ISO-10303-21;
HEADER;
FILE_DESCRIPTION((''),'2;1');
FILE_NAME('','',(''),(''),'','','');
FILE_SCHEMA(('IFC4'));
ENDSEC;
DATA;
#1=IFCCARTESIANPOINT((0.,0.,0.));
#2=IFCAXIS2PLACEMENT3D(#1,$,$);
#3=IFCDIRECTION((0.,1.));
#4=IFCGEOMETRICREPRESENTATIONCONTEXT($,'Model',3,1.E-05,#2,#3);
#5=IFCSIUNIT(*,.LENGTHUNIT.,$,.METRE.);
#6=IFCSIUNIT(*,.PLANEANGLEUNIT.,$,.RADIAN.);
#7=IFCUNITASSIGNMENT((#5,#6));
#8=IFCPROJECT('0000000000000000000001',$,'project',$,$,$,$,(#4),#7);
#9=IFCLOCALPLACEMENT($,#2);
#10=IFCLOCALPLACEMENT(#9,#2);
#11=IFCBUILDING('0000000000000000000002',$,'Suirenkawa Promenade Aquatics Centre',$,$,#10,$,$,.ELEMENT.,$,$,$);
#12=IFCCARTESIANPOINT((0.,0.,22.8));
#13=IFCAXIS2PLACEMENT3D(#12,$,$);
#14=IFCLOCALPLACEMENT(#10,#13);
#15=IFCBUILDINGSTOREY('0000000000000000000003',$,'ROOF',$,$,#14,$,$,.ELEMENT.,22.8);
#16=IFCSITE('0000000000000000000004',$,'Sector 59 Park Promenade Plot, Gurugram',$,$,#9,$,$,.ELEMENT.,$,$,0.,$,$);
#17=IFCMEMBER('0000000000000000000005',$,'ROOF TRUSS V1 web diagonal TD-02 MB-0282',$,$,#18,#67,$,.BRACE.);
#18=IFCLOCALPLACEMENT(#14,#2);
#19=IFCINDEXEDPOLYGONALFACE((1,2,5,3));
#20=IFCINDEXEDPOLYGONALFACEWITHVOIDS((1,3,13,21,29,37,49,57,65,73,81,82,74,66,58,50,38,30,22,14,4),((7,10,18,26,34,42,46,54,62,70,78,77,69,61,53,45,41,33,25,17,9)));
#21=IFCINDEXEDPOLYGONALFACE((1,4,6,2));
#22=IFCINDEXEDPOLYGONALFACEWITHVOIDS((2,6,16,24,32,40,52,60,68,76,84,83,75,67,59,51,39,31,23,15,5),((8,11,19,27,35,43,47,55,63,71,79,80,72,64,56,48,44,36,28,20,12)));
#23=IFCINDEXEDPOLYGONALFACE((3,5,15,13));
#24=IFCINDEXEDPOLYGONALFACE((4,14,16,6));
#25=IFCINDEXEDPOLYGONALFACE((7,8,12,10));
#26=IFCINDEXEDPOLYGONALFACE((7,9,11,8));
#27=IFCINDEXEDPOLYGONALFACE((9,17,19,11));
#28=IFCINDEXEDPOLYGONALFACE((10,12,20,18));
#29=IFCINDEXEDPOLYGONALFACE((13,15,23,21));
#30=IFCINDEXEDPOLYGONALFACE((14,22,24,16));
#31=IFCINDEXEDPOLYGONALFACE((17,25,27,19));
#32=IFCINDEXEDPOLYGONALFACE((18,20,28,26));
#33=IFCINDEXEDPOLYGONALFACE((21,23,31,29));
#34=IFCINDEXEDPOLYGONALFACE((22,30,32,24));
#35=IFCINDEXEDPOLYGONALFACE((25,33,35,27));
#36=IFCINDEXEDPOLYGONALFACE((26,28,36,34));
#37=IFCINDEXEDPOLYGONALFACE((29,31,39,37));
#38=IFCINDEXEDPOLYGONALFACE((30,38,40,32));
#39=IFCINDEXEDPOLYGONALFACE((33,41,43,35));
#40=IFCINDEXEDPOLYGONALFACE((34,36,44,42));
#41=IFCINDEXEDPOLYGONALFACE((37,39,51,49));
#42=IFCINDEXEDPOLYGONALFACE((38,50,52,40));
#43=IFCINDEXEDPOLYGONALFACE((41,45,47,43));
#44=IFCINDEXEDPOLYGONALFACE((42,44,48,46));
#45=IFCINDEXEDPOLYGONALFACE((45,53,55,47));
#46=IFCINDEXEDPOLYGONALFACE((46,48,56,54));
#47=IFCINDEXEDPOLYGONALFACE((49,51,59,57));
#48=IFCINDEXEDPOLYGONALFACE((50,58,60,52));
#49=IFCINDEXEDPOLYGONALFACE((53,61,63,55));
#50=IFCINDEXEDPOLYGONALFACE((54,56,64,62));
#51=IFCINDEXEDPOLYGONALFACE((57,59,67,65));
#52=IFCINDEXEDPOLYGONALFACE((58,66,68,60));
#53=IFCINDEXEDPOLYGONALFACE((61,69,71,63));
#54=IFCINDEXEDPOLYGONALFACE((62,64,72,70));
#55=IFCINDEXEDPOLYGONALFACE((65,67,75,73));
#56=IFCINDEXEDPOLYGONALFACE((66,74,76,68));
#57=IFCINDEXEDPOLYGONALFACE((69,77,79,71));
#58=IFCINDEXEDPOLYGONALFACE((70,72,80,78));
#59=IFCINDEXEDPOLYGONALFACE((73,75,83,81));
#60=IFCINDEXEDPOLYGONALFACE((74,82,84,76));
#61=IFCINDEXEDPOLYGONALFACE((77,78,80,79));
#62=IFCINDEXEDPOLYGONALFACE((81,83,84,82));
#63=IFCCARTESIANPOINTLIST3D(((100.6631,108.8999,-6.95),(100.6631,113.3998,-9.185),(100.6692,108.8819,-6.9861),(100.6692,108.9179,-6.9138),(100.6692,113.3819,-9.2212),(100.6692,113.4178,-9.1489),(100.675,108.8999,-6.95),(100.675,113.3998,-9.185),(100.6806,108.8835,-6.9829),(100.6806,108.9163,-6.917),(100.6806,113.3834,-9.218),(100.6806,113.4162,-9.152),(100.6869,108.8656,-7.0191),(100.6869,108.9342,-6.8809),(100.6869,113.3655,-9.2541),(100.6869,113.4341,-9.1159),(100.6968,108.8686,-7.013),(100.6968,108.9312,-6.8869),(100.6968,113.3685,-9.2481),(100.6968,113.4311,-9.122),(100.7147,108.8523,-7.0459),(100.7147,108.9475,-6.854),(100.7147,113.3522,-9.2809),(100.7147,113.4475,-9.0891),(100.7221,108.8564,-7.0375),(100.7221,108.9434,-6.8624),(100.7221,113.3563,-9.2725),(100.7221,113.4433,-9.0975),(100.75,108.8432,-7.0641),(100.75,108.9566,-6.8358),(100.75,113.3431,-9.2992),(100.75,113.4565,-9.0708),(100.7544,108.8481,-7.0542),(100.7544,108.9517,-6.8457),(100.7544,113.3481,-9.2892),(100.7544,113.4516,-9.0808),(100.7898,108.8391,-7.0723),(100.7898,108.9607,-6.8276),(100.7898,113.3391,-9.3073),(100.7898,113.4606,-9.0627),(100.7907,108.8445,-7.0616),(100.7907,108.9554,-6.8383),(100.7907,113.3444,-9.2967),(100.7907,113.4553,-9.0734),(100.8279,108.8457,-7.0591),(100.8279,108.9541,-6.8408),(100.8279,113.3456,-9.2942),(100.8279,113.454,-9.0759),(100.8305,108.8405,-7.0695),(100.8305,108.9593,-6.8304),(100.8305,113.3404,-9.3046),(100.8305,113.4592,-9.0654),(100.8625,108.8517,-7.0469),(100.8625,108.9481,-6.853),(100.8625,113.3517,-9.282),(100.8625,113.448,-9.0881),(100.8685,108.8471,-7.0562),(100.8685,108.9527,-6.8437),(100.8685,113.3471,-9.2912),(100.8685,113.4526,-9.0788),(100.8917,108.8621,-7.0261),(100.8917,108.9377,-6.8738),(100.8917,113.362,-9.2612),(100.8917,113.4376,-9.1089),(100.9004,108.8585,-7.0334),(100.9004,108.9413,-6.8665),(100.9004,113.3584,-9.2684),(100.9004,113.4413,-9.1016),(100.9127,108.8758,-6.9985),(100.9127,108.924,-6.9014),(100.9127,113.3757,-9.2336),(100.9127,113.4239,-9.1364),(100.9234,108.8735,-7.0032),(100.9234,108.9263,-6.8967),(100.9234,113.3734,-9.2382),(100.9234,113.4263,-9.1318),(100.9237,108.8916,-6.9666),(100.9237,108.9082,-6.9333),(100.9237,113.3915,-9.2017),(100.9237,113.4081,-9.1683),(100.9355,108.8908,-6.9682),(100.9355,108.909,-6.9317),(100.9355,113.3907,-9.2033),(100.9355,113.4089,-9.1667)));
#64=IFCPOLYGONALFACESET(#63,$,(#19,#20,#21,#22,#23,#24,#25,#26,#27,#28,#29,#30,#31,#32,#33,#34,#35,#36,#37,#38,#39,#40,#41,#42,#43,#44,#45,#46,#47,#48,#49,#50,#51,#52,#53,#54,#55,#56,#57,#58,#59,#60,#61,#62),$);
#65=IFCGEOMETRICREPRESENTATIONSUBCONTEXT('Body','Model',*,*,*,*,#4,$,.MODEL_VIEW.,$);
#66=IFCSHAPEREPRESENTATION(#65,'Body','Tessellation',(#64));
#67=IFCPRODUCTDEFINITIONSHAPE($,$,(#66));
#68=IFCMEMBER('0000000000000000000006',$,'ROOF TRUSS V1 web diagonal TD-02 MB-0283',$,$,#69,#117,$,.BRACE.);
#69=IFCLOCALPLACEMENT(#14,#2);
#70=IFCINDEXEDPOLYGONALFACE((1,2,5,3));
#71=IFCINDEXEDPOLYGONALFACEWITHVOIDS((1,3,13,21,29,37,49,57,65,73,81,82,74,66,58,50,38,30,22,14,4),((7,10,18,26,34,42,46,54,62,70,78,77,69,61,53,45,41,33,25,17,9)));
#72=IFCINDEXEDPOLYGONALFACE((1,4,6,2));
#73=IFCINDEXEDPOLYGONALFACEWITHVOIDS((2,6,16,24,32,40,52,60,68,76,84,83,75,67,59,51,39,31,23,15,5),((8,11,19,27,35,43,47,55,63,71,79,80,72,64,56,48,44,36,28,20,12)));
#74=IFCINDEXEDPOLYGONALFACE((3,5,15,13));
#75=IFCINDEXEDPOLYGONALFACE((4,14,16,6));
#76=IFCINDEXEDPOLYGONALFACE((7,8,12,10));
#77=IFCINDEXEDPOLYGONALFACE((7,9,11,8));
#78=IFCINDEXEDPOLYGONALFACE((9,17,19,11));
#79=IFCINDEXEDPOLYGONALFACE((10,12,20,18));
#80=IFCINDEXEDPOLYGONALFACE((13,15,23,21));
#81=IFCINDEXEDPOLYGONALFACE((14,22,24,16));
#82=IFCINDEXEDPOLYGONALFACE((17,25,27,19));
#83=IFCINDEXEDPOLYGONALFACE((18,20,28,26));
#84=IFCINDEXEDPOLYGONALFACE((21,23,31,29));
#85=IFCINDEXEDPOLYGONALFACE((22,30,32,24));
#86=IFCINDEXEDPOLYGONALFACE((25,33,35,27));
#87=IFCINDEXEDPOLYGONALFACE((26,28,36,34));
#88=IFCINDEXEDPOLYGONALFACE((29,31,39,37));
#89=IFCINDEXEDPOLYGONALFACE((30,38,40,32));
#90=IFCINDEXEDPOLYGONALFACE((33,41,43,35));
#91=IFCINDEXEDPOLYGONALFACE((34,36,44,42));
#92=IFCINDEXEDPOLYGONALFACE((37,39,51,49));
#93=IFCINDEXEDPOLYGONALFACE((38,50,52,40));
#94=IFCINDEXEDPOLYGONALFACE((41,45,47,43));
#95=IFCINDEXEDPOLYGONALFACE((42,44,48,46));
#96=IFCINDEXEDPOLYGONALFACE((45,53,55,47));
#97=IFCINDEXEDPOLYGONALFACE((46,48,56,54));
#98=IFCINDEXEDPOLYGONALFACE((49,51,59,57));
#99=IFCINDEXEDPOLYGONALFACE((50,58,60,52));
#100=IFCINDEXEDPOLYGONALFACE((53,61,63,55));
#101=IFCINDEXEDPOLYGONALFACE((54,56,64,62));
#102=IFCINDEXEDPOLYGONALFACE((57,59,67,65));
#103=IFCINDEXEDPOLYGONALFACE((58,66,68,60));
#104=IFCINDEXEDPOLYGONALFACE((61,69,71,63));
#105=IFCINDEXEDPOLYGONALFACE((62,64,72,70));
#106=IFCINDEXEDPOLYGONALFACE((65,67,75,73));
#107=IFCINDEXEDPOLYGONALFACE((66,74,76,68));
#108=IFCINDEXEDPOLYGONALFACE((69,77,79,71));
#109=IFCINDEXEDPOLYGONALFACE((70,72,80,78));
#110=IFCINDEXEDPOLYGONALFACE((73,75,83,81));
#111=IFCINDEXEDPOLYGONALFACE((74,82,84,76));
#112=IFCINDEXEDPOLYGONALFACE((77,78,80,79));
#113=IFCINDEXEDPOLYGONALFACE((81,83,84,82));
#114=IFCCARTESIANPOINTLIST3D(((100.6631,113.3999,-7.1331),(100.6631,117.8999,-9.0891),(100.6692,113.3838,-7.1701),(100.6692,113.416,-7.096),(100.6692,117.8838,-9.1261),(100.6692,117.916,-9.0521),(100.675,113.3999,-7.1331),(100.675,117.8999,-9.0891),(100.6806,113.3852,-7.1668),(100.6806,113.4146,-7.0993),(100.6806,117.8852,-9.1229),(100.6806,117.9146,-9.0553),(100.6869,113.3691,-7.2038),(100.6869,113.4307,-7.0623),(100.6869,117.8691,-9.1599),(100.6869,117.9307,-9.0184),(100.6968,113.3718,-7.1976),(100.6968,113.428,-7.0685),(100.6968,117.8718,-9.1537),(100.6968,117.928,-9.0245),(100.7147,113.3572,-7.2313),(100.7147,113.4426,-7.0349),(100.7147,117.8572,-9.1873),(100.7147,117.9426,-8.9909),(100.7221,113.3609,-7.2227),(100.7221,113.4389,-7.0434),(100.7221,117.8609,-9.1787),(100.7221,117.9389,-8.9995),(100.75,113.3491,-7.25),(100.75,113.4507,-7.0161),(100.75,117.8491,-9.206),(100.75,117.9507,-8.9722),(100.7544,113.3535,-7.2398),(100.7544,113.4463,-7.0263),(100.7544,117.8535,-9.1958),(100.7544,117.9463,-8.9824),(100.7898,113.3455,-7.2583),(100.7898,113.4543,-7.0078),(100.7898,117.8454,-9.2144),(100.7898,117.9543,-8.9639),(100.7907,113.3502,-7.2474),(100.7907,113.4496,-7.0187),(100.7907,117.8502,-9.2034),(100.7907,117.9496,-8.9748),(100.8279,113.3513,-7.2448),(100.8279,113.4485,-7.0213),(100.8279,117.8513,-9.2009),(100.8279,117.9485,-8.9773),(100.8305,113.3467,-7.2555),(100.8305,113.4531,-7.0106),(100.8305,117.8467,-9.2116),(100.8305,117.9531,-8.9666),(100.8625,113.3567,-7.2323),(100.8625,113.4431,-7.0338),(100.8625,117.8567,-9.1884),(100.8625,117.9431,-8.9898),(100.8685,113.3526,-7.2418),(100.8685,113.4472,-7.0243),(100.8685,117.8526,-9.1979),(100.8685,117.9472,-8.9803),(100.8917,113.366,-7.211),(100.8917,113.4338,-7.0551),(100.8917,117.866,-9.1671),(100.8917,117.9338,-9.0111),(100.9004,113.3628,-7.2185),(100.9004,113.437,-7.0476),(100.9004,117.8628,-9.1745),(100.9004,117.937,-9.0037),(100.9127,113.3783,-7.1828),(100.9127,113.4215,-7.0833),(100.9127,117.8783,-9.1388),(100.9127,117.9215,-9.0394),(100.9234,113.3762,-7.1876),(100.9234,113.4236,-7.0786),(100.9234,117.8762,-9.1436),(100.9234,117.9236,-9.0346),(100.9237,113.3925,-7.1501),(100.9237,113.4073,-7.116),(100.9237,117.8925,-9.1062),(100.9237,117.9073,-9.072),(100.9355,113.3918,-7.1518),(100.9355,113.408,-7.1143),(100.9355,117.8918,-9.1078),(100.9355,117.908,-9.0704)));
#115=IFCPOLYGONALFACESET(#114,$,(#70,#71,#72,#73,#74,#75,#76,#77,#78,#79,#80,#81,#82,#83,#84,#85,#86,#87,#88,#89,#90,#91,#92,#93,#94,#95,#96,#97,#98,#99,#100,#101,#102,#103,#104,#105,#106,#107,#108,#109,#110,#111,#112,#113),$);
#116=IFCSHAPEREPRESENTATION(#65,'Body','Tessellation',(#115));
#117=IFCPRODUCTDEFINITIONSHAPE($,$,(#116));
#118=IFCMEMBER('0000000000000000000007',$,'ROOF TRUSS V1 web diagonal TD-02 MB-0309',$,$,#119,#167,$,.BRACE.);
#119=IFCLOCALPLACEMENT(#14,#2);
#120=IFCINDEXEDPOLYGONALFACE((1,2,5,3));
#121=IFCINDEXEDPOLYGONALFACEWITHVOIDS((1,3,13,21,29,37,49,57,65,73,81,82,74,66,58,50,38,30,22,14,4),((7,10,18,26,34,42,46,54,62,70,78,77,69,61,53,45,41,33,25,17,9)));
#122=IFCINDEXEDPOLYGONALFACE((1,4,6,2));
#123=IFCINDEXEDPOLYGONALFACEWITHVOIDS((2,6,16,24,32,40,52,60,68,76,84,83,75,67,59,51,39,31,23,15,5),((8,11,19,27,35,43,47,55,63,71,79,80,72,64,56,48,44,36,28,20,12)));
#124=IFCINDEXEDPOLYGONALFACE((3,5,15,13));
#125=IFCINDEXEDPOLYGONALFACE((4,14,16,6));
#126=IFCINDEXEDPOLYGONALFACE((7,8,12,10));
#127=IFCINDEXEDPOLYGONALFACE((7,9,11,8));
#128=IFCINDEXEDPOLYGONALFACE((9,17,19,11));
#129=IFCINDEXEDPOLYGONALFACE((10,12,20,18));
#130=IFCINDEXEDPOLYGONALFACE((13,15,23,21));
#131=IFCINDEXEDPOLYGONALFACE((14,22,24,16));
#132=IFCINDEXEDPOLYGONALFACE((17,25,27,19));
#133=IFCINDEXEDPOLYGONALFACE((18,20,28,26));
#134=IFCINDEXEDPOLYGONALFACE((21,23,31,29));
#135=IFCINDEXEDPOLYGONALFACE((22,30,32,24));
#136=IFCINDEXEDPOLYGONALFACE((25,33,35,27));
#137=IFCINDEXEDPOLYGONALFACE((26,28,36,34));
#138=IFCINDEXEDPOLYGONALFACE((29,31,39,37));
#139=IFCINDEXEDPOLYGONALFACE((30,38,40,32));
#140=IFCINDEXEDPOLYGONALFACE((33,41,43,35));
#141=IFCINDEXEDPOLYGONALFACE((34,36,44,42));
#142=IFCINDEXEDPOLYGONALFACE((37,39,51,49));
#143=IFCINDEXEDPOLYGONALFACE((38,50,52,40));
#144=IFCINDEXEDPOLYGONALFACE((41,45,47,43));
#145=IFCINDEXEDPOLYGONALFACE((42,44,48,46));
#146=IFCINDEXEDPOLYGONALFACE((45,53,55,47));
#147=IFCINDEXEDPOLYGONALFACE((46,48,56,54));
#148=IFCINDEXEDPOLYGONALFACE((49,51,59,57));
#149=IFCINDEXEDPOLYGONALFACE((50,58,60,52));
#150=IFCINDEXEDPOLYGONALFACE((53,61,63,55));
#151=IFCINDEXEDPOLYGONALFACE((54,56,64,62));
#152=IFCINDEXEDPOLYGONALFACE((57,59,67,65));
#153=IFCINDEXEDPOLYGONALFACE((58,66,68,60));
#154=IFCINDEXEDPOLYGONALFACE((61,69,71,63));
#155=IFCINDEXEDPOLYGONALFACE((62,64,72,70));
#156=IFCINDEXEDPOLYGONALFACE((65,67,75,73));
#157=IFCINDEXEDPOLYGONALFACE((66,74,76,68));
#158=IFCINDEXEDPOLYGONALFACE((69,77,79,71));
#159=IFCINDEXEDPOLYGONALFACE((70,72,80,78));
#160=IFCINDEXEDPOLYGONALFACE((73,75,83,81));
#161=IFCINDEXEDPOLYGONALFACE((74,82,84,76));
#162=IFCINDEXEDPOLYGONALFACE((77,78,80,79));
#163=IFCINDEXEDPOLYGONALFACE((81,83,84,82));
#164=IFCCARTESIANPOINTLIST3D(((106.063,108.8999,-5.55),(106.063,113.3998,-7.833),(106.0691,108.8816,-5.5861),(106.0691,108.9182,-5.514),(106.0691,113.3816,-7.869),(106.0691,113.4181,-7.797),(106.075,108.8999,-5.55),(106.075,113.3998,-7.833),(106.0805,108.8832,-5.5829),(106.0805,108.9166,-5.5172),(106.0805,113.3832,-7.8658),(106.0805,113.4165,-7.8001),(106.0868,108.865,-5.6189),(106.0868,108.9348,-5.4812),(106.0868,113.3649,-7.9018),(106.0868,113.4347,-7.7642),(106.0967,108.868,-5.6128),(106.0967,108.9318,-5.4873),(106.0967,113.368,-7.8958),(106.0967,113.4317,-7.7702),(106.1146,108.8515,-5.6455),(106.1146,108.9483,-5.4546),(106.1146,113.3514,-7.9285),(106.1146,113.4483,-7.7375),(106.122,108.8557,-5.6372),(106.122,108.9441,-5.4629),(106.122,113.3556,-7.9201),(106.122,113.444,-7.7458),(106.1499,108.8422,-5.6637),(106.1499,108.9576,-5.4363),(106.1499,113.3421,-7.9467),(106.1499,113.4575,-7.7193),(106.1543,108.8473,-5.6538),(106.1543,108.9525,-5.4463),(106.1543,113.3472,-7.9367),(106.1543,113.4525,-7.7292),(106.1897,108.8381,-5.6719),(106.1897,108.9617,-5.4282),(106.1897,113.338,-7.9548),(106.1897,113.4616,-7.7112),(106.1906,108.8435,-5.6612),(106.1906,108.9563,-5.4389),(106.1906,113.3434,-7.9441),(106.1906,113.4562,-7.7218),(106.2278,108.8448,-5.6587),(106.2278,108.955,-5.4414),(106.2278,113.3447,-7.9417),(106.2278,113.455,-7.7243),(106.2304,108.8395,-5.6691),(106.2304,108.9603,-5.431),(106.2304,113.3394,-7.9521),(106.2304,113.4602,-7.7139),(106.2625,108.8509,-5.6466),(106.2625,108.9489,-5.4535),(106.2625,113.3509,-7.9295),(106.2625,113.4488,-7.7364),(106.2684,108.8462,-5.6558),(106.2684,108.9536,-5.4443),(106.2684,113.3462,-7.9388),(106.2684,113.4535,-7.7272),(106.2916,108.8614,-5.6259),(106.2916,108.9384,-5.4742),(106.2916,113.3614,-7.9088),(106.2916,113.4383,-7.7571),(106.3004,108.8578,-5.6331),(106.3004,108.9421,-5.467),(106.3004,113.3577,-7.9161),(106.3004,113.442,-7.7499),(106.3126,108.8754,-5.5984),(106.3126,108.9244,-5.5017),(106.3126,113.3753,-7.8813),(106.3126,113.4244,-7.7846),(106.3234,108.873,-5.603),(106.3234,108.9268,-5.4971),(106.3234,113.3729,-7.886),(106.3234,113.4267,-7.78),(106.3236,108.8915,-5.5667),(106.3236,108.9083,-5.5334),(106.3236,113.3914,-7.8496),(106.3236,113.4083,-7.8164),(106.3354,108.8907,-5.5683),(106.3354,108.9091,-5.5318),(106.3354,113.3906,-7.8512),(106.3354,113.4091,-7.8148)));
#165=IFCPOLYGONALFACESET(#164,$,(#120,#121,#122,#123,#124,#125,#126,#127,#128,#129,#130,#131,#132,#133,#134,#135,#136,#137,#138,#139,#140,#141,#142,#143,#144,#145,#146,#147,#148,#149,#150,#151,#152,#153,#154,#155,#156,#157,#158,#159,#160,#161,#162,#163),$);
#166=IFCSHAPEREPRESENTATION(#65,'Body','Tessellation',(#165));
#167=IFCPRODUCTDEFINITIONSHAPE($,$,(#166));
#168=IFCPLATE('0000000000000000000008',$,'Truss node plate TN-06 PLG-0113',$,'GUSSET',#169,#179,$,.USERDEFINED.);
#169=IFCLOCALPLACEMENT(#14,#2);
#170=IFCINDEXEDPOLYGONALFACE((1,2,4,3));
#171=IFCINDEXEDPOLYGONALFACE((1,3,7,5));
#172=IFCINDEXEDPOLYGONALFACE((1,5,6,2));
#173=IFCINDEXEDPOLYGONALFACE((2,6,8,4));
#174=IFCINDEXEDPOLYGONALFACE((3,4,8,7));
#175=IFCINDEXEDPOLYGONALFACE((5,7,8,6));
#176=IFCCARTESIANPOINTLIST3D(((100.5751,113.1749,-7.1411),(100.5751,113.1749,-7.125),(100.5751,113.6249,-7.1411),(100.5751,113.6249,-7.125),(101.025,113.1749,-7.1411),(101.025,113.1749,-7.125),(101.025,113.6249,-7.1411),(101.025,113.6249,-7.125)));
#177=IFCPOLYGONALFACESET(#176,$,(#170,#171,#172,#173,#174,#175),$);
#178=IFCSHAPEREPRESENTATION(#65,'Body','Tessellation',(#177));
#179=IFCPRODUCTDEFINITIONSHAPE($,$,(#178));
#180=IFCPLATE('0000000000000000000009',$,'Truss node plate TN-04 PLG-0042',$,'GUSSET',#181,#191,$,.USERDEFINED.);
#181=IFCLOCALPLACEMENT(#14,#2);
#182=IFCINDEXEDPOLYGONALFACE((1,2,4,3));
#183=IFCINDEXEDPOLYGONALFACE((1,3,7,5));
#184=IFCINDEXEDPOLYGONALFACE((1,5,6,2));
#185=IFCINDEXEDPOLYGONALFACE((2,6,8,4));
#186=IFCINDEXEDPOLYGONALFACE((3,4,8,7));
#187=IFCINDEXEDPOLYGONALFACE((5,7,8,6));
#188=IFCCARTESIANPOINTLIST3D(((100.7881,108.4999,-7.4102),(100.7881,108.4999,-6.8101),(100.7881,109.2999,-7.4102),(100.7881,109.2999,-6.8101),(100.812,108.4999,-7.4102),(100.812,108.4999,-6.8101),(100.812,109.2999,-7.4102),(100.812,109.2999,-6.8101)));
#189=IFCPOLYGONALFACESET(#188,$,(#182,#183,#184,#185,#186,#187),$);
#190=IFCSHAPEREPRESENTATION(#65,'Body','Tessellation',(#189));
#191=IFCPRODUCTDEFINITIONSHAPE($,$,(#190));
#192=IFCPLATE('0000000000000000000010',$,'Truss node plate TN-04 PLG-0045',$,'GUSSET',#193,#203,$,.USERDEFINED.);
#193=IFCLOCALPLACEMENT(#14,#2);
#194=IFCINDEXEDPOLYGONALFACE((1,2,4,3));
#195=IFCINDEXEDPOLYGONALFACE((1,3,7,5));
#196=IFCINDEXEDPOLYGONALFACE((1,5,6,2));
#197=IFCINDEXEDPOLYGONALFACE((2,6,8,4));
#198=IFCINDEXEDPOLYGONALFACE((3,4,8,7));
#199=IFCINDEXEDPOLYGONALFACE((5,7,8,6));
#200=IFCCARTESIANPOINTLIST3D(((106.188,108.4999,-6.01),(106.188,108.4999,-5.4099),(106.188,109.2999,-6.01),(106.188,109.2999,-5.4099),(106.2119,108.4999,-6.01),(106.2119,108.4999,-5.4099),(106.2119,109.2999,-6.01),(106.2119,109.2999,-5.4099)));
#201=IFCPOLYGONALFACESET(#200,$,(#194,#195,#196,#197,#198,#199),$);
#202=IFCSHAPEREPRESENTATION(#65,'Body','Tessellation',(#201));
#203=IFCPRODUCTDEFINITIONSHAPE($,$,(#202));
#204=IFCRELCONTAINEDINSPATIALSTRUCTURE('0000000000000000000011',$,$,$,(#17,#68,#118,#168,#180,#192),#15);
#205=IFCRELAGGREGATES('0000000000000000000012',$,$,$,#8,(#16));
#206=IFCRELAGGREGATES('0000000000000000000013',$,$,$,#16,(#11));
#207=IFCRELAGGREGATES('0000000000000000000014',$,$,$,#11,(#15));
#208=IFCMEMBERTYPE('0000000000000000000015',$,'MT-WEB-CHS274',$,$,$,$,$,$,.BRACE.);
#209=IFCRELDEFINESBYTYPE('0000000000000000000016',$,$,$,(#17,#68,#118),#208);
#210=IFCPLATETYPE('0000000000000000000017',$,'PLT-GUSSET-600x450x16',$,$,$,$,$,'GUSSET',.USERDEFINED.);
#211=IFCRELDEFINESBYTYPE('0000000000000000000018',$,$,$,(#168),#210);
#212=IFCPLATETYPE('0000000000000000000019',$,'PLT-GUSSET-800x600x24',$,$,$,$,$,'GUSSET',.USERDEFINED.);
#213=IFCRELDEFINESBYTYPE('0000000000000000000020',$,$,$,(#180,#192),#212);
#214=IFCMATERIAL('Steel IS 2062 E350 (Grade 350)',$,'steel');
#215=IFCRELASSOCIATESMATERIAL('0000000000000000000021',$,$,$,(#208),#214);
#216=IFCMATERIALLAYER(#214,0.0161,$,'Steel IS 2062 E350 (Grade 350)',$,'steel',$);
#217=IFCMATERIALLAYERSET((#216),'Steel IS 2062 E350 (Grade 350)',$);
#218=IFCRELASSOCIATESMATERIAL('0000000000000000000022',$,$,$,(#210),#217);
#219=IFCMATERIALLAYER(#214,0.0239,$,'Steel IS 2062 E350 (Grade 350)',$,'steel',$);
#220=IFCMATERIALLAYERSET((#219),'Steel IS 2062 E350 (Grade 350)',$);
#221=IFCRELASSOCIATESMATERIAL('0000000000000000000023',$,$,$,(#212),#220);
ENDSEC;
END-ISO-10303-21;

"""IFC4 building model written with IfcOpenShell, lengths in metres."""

from ifc_helpers import new_model, si_unit, direction, frame, origin, origin_2d, place, context, subcontext, project, spatial, rectangle, hollow_circle, extrude, material, layer, layer_set, material_profile, profile_set, type_object, element, save


model = new_model("IFC4")

# Units and contexts
model_context = context("Model", 3, precision=1e-05, world=origin(), true_north=direction((0.0, 1.0)))
body_context = subcontext(model_context, "Body", "Model", "MODEL_VIEW")
ifc_project = project(units=[si_unit("LENGTHUNIT", "METRE"), si_unit("PLANEANGLEUNIT", "RADIAN")], contexts=[model_context])

# Site, building, storey
site_placement = place(None, origin())
site = spatial("IfcSite", under=ifc_project, at=site_placement, Name="Sector 59 Park Promenade Plot, Gurugram", CompositionType="ELEMENT", RefElevation=0.0)
building_placement = place(site_placement, origin())
building = spatial("IfcBuilding", under=site, at=building_placement, Name="Suirenkawa Promenade Aquatics Centre", CompositionType="ELEMENT")
storey_placement = place(building_placement, frame((0.0, 0.0, 22.8)))
storey = spatial("IfcBuildingStorey", under=building, at=storey_placement, Name="ROOF", CompositionType="ELEMENT", Elevation=22.8)

# Shared definitions
ifc_material = material(Name="Steel IS 2062 E350 (Grade 350)", Category="steel")

# Members
ifc_material_profile_1 = material_profile(ifc_material, hollow_circle(Radius=0.137, WallThickness=0.012, at=origin_2d()), Name="CHS 274x12", Category="steel")
ifc_profile_set_1 = profile_set([ifc_material_profile_1], Name="Steel IS 2062 E350 (Grade 350)")
member_type_1 = type_object("IfcMemberType", Name="MT-WEB-CHS274", PredefinedType="BRACE", material=ifc_profile_set_1)
member_1_placement = place(storey_placement, frame((100.8, 108.8999, -6.95), z_axis=(0.0, 0.89561, -0.444841), x_axis=(-1.0, 0.0, 0.0)))
element("IfcMember", 1, at=member_1_placement, inside=storey, type_object=member_type_1, Name="ROOF TRUSS V1 web diagonal TD-02 MB-0282", PredefinedType="BRACE", context=body_context, shape_type="SweptSolid", body=[
    extrude(hollow_circle(Radius=0.137, WallThickness=0.012, at=origin_2d()), origin(), (0.0, 0.0, 1.0), 5.0244),
])
member_2_placement = place(storey_placement, frame((100.8, 113.3999, -7.1331), z_axis=(0.0, 0.917105, -0.398646), x_axis=(-1.0, 0.0, 0.0)))
element("IfcMember", 2, at=member_2_placement, inside=storey, type_object=member_type_1, Name="ROOF TRUSS V1 web diagonal TD-02 MB-0283", PredefinedType="BRACE", context=body_context, shape_type="SweptSolid", body=[
    extrude(hollow_circle(Radius=0.137, WallThickness=0.012, at=origin_2d()), origin(), (0.0, 0.0, 1.0), 4.9067),
])
member_3_placement = place(storey_placement, frame((106.2, 108.8999, -5.55), z_axis=(0.0, 0.891799, -0.452431), x_axis=(-1.0, 0.0, 0.0)))
element("IfcMember", 3, at=member_3_placement, inside=storey, type_object=member_type_1, Name="ROOF TRUSS V1 web diagonal TD-02 MB-0309", PredefinedType="BRACE", context=body_context, shape_type="SweptSolid", body=[
    extrude(hollow_circle(Radius=0.137, WallThickness=0.012, at=origin_2d()), origin(), (0.0, 0.0, 1.0), 5.0459),
])

# Plates
ifc_layer_1 = layer(ifc_material, 0.0161, Name="Steel IS 2062 E350 (Grade 350)", Category="steel")
ifc_layer_set_1 = layer_set([ifc_layer_1], Name="Steel IS 2062 E350 (Grade 350)")
plate_type_1 = type_object("IfcPlateType", Name="PLT-GUSSET-600x450x16", ElementType="GUSSET", PredefinedType="USERDEFINED", material=ifc_layer_set_1)
plate_1_placement = place(storey_placement, frame((100.8, 113.3999, -7.1411), z_axis=(0.0, 0.0, 1.0), x_axis=(1.0, 0.0, 0.0)))
element("IfcPlate", 4, at=plate_1_placement, inside=storey, type_object=plate_type_1, Name="Truss node plate TN-06 PLG-0113", ObjectType="GUSSET", PredefinedType="USERDEFINED", context=body_context, shape_type="SweptSolid", body=[
    extrude(rectangle(XDim=0.45, YDim=0.45, at=origin_2d()), origin(), (0.0, 0.0, 1.0), 0.0161),
])
ifc_layer_2 = layer(ifc_material, 0.0239, Name="Steel IS 2062 E350 (Grade 350)", Category="steel")
ifc_layer_set_2 = layer_set([ifc_layer_2], Name="Steel IS 2062 E350 (Grade 350)")
plate_type_2 = type_object("IfcPlateType", Name="PLT-GUSSET-800x600x24", ElementType="GUSSET", PredefinedType="USERDEFINED", material=ifc_layer_set_2)
for number, where, z_axis, x_axis, name in (
    (5, (100.8, 108.8999, -7.4102), (0.0, 0.0, 1.0), (0.0, 1.0, 0.0), "Truss node plate TN-04 PLG-0042"),
    (6, (106.2, 108.8999, -6.01), (0.0, 0.0, 1.0), (0.0, 1.0, 0.0), "Truss node plate TN-04 PLG-0045"),
):
    element("IfcPlate", number, at=place(storey_placement, frame(where, z_axis=z_axis, x_axis=x_axis)), inside=storey, type_object=plate_type_2, Name=name, ObjectType="GUSSET", PredefinedType="USERDEFINED", context=body_context, shape_type="SweptSolid", body=[
        extrude(rectangle(XDim=0.8, YDim=0.0239, at=origin_2d()), origin(), (0.0, 0.0, 1.0), 0.6001),
    ])

save(model, "model.ifc")
